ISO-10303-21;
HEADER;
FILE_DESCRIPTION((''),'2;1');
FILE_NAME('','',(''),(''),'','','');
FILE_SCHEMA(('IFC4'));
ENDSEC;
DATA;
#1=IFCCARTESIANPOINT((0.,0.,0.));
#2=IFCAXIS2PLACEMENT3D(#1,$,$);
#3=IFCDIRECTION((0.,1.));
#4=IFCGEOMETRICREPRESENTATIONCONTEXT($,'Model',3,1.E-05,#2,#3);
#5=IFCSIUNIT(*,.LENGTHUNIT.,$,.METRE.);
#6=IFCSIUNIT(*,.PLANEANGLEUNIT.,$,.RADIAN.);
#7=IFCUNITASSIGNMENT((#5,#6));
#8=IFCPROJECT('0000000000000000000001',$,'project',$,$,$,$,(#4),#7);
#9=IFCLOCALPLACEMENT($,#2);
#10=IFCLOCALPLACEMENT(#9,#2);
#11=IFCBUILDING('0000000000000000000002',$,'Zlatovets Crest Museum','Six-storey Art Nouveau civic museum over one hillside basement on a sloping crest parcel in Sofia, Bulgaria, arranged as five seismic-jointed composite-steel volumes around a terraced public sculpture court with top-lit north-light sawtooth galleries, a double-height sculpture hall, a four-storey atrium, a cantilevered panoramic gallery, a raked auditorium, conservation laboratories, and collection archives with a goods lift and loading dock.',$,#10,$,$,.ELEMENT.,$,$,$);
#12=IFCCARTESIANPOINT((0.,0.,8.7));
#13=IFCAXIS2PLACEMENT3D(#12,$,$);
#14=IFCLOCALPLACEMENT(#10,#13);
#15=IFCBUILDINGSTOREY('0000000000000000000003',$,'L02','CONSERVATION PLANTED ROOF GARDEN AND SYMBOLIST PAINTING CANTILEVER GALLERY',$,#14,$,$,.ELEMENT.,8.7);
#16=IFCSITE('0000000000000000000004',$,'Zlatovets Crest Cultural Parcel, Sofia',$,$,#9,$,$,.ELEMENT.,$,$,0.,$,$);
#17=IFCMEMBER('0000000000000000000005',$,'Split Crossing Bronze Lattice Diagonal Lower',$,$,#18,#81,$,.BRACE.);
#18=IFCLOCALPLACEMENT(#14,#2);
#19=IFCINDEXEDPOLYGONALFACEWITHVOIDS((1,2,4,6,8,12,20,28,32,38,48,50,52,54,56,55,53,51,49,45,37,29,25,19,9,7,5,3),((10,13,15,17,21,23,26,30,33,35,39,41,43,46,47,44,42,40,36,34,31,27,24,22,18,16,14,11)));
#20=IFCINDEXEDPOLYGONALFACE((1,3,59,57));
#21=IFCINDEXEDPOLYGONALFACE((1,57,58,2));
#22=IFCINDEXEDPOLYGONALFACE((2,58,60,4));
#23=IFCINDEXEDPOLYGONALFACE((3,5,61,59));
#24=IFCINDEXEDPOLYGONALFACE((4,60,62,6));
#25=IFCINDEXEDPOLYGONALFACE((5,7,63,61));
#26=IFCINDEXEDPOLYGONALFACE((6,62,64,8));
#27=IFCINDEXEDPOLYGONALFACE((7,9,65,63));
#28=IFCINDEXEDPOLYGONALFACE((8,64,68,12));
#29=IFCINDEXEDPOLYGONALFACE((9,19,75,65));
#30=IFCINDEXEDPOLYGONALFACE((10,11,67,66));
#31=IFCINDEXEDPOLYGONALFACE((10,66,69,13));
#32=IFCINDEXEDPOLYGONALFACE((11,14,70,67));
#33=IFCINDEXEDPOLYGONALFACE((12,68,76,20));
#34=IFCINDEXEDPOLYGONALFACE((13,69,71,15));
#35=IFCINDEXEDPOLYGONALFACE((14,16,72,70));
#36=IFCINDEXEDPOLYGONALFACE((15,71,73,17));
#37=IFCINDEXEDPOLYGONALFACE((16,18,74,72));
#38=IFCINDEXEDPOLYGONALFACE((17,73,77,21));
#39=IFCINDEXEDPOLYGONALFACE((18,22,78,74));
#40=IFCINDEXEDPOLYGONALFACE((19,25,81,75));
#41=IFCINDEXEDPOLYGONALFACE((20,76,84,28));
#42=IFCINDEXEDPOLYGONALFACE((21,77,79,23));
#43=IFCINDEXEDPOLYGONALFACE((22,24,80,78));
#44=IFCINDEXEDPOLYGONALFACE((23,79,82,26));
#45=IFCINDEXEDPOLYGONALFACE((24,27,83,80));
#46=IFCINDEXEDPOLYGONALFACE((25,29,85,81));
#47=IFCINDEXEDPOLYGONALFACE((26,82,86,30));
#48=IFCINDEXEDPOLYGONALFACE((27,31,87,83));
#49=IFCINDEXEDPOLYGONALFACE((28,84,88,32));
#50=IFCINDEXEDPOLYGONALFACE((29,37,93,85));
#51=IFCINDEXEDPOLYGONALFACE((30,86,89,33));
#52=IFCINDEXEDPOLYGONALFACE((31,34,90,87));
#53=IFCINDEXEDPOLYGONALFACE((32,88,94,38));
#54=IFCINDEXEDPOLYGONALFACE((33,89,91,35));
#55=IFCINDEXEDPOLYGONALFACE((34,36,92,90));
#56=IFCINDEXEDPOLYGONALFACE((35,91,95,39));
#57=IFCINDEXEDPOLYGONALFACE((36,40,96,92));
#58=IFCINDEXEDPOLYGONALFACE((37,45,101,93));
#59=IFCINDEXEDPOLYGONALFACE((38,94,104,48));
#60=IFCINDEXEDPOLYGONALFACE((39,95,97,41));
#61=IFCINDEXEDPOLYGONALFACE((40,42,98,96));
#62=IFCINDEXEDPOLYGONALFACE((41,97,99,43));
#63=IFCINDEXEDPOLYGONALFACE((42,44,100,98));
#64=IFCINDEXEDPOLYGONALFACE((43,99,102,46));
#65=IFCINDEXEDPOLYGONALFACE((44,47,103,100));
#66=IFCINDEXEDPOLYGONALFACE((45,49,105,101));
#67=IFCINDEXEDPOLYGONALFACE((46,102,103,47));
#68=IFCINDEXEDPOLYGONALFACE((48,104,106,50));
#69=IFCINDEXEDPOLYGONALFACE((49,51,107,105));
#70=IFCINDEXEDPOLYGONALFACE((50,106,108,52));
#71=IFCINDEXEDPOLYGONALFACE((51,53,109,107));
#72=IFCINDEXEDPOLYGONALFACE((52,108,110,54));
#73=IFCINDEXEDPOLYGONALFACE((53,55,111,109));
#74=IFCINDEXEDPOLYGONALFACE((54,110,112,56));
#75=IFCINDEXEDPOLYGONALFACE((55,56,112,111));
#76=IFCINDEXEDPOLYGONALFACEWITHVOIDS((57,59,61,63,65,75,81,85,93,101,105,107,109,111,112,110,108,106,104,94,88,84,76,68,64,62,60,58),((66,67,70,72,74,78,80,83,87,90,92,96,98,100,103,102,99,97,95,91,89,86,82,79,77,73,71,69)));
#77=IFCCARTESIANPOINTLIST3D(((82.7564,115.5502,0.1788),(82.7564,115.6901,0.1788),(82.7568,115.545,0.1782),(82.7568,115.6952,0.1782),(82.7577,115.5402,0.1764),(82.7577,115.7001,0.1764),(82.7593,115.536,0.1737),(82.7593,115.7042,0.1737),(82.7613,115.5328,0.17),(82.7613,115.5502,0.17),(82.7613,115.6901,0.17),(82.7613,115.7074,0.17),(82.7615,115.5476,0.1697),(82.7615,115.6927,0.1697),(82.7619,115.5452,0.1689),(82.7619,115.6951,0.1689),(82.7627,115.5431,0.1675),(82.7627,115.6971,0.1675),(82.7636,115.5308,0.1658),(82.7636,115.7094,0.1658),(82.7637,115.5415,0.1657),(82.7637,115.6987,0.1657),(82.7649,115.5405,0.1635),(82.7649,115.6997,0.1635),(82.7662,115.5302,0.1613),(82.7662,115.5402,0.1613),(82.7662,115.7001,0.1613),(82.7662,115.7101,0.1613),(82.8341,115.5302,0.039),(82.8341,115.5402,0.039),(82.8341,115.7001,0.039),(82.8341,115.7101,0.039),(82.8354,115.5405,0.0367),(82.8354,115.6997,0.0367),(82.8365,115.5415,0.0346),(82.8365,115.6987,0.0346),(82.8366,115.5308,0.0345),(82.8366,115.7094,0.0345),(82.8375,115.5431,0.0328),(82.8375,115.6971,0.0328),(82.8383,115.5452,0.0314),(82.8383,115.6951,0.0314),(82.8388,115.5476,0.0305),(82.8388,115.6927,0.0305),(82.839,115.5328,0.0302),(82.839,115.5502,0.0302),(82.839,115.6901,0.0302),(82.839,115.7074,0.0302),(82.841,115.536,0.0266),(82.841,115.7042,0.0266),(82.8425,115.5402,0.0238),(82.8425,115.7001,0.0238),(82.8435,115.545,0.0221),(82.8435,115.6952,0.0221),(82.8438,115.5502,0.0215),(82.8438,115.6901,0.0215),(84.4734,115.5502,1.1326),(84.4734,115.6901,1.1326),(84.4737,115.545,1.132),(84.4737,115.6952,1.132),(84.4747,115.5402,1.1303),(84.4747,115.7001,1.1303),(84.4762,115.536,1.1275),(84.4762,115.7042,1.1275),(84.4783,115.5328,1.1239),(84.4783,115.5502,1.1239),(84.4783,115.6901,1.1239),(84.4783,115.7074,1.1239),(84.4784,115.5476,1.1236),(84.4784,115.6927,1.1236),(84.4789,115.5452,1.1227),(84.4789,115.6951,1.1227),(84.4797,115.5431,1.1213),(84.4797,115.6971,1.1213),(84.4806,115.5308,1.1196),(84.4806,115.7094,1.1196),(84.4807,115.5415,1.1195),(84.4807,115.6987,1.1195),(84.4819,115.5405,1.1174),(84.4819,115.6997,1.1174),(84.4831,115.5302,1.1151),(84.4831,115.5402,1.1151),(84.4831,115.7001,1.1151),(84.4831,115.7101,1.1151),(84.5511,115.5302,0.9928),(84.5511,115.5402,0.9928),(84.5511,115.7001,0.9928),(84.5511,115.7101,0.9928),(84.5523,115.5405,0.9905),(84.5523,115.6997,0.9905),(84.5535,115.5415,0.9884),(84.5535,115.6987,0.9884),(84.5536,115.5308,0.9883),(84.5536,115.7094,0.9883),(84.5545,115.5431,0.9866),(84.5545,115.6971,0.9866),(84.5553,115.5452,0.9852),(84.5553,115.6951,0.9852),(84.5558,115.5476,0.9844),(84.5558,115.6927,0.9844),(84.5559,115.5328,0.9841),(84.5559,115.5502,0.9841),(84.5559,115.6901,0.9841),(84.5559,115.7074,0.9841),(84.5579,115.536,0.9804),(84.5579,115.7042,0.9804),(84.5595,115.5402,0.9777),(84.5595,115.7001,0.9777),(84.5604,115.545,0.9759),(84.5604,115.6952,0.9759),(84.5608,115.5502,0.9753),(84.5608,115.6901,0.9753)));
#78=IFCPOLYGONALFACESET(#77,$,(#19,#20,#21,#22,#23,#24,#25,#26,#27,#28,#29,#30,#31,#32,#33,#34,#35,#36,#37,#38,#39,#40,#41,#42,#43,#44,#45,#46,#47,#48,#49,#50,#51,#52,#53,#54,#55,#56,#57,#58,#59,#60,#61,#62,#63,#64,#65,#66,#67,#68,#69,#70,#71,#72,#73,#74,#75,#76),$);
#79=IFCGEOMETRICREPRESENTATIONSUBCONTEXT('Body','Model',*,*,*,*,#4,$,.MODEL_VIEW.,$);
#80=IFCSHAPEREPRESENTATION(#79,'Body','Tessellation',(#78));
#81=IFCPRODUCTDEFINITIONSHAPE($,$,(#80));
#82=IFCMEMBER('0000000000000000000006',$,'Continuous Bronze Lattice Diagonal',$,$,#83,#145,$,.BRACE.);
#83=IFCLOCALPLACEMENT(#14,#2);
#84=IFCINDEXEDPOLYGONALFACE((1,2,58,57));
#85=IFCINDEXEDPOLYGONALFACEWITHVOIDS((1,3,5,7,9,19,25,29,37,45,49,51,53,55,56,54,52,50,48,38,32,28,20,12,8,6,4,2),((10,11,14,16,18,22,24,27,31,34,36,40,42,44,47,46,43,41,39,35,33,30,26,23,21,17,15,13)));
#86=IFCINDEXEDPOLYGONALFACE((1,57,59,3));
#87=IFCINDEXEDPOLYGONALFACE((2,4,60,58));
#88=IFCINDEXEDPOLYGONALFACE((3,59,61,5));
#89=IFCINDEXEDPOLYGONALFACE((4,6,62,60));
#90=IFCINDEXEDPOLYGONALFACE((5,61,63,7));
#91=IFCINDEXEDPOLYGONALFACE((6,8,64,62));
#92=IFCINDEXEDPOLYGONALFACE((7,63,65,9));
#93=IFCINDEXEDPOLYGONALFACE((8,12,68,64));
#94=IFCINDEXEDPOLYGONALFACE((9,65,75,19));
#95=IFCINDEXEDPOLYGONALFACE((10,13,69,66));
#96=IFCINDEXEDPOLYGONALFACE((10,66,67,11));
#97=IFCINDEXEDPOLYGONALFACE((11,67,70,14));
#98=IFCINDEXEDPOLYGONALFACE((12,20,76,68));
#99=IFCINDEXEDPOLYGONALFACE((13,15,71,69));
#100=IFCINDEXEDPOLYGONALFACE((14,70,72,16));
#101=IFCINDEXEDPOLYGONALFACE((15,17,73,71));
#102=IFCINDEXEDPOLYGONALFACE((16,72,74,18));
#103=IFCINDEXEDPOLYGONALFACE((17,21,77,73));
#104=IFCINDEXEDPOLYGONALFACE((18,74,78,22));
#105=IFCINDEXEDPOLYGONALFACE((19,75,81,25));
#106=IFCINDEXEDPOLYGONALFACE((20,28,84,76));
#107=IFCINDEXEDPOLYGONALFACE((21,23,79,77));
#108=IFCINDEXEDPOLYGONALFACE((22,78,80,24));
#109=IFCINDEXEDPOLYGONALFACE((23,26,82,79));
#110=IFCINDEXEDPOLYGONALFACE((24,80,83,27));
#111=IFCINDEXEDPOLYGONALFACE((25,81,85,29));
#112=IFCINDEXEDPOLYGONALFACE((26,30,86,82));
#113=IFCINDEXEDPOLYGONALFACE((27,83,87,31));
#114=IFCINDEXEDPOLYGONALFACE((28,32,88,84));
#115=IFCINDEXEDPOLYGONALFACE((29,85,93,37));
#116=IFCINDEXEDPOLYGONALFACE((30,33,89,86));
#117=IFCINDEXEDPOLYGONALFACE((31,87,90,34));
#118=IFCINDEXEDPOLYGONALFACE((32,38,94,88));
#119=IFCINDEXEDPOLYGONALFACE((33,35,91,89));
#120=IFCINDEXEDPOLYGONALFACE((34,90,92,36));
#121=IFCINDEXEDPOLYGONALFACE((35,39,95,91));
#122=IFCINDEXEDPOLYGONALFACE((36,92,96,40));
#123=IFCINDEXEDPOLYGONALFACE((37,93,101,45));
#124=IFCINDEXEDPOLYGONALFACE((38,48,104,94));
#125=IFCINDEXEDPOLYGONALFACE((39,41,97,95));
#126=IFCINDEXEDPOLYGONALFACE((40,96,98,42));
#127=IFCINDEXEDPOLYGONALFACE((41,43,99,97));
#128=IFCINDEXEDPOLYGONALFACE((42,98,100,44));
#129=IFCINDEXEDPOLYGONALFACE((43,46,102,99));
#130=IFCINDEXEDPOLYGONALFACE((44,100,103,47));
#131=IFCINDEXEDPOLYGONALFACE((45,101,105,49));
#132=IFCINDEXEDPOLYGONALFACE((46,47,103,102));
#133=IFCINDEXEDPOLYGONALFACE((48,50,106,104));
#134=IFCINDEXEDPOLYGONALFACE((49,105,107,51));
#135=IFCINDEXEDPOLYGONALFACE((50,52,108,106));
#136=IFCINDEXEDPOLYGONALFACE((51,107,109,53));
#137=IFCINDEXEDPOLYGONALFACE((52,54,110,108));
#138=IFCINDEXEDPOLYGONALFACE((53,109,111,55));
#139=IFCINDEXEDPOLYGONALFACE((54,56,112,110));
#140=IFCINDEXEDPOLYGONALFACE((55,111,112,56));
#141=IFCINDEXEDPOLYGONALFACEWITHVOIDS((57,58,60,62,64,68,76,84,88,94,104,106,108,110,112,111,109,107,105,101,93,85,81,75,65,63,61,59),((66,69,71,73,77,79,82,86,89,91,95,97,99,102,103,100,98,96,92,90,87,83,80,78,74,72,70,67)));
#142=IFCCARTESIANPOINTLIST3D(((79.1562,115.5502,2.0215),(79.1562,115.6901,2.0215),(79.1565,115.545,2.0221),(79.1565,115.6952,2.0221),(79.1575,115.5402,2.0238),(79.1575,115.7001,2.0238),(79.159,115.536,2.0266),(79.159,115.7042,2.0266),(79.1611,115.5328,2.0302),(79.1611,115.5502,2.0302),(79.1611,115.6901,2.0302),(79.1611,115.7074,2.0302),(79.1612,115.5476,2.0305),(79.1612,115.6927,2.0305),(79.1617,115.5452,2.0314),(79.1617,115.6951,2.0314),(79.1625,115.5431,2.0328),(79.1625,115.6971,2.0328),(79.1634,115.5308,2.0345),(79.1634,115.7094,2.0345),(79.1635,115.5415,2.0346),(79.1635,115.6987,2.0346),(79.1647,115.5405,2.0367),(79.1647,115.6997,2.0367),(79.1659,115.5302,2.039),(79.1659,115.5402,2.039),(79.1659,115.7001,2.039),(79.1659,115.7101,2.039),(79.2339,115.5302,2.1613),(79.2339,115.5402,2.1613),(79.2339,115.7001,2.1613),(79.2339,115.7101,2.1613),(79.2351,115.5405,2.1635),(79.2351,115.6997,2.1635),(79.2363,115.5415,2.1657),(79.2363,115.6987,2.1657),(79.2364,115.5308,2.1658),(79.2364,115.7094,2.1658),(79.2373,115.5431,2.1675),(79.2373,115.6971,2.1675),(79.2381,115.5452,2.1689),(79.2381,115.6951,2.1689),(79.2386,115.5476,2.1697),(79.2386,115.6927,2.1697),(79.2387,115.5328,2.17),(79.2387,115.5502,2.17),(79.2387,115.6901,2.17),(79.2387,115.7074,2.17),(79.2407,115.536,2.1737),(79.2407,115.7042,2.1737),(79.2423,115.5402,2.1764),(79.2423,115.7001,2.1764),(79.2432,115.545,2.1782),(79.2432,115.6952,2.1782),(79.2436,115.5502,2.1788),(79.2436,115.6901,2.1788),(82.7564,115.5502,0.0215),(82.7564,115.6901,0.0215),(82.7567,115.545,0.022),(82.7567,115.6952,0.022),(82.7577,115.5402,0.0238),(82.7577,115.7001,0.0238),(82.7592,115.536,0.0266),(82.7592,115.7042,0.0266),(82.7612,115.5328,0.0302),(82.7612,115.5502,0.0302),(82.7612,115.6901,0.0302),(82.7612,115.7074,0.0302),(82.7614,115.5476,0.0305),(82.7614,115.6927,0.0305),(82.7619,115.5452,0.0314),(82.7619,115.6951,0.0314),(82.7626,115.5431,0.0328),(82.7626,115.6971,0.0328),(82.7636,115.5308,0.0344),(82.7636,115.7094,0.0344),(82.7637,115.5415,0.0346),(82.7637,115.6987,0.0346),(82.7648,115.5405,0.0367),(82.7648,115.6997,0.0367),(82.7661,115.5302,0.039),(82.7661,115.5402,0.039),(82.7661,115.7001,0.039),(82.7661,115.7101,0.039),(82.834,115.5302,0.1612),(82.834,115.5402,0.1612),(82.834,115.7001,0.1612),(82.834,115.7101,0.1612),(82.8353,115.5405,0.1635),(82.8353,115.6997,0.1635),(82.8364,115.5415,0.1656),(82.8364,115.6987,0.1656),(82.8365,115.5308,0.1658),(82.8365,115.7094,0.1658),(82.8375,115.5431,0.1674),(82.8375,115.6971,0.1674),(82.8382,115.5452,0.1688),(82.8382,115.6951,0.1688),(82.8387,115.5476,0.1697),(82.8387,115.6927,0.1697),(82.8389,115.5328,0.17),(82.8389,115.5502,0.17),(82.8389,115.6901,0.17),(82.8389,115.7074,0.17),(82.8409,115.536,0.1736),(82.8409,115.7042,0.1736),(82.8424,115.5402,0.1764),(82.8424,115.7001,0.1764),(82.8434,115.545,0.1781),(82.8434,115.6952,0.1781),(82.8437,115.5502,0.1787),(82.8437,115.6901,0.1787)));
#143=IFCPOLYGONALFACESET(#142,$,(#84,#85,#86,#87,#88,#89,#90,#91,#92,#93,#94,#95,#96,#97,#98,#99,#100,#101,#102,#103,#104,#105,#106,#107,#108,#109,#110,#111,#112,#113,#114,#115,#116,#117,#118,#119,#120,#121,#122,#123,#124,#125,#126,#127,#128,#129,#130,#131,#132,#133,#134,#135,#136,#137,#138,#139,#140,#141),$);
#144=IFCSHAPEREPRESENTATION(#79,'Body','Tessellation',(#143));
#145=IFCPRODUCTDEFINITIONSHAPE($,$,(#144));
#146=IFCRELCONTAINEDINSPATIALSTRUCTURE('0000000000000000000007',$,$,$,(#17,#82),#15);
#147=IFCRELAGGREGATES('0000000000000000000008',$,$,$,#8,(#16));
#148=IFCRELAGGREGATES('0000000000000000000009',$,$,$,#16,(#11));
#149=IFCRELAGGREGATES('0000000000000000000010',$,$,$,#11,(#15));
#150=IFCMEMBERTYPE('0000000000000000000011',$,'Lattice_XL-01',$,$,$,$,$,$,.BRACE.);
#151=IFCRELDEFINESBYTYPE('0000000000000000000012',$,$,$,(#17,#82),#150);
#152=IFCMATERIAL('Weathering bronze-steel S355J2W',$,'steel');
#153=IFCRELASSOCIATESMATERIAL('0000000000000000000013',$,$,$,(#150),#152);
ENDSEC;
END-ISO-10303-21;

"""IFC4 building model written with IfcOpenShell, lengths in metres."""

from ifc_helpers import new_model, si_unit, direction, frame, origin, origin_2d, place, context, subcontext, project, spatial, hollow_rectangle, extrude, material, material_profile, profile_set, type_object, element, save


model = new_model("IFC4")

# Units and contexts
model_context = context("Model", 3, precision=1e-05, world=origin(), true_north=direction((0.0, 1.0)))
body_context = subcontext(model_context, "Body", "Model", "MODEL_VIEW")
ifc_project = project(units=[si_unit("LENGTHUNIT", "METRE"), si_unit("PLANEANGLEUNIT", "RADIAN")], contexts=[model_context])

# Site, building, storey
site_placement = place(None, origin())
site = spatial("IfcSite", under=ifc_project, at=site_placement, Name="Zlatovets Crest Cultural Parcel, Sofia", CompositionType="ELEMENT", RefElevation=0.0)
building_placement = place(site_placement, origin())
building = spatial("IfcBuilding", under=site, at=building_placement, Name="Zlatovets Crest Museum", Description="Six-storey Art Nouveau civic museum over one hillside basement on a sloping crest parcel in Sofia, Bulgaria, arranged as five seismic-jointed composite-steel volumes around a terraced public sculpture court with top-lit north-light sawtooth galleries, a double-height sculpture hall, a four-storey atrium, a cantilevered panoramic gallery, a raked auditorium, conservation laboratories, and collection archives with a goods lift and loading dock.", CompositionType="ELEMENT")
storey_placement = place(building_placement, frame((0.0, 0.0, 8.7)))
storey = spatial("IfcBuildingStorey", under=building, at=storey_placement, Name="L02", Description="CONSERVATION PLANTED ROOF GARDEN AND SYMBOLIST PAINTING CANTILEVER GALLERY", CompositionType="ELEMENT", Elevation=8.7)

# Members
ifc_material_1 = material(Name="Weathering bronze-steel S355J2W", Category="steel")
ifc_material_profile_1 = material_profile(ifc_material_1, hollow_rectangle(XDim=0.1799, YDim=0.1799, WallThickness=0.01, InnerFilletRadius=0.01, OuterFilletRadius=0.02, at=origin_2d()), Name="SHS 180x180x10.0")
ifc_profile_set_1 = profile_set([ifc_material_profile_1], Name="Weathering bronze-steel S355J2W")
member_type_1 = type_object("IfcMemberType", Name="Lattice_XL-01", PredefinedType="BRACE", material=ifc_profile_set_1)
member_1_placement = place(storey_placement, frame((84.5171, 115.6201, 1.054), z_axis=(-0.874169, 0.0, -0.485622), x_axis=(0.0, -1.0, 0.0)))
element("IfcMember", 1, at=member_1_placement, inside=storey, type_object=member_type_1, Name="Split Crossing Bronze Lattice Diagonal Lower", PredefinedType="BRACE", context=body_context, shape_type="SweptSolid", body=[
    extrude(hollow_rectangle(XDim=0.1799, YDim=0.1799, WallThickness=0.01, InnerFilletRadius=0.01, OuterFilletRadius=0.02, at=origin_2d()), origin(), (0.0, 0.0, 1.0), 1.9641),
])
member_2_placement = place(storey_placement, frame((82.8, 115.6201, 0.1001), z_axis=(-0.874163, 0.0, 0.485633), x_axis=(0.0, -1.0, 0.0)))
element("IfcMember", 2, at=member_2_placement, inside=storey, type_object=member_type_1, Name="Continuous Bronze Lattice Diagonal", PredefinedType="BRACE", context=body_context, shape_type="SweptSolid", body=[
    extrude(hollow_rectangle(XDim=0.1799, YDim=0.1799, WallThickness=0.01, InnerFilletRadius=0.01, OuterFilletRadius=0.02, at=origin_2d()), origin(), (0.0, 0.0, 1.0), 4.1184),
])

save(model, "model.ifc")
